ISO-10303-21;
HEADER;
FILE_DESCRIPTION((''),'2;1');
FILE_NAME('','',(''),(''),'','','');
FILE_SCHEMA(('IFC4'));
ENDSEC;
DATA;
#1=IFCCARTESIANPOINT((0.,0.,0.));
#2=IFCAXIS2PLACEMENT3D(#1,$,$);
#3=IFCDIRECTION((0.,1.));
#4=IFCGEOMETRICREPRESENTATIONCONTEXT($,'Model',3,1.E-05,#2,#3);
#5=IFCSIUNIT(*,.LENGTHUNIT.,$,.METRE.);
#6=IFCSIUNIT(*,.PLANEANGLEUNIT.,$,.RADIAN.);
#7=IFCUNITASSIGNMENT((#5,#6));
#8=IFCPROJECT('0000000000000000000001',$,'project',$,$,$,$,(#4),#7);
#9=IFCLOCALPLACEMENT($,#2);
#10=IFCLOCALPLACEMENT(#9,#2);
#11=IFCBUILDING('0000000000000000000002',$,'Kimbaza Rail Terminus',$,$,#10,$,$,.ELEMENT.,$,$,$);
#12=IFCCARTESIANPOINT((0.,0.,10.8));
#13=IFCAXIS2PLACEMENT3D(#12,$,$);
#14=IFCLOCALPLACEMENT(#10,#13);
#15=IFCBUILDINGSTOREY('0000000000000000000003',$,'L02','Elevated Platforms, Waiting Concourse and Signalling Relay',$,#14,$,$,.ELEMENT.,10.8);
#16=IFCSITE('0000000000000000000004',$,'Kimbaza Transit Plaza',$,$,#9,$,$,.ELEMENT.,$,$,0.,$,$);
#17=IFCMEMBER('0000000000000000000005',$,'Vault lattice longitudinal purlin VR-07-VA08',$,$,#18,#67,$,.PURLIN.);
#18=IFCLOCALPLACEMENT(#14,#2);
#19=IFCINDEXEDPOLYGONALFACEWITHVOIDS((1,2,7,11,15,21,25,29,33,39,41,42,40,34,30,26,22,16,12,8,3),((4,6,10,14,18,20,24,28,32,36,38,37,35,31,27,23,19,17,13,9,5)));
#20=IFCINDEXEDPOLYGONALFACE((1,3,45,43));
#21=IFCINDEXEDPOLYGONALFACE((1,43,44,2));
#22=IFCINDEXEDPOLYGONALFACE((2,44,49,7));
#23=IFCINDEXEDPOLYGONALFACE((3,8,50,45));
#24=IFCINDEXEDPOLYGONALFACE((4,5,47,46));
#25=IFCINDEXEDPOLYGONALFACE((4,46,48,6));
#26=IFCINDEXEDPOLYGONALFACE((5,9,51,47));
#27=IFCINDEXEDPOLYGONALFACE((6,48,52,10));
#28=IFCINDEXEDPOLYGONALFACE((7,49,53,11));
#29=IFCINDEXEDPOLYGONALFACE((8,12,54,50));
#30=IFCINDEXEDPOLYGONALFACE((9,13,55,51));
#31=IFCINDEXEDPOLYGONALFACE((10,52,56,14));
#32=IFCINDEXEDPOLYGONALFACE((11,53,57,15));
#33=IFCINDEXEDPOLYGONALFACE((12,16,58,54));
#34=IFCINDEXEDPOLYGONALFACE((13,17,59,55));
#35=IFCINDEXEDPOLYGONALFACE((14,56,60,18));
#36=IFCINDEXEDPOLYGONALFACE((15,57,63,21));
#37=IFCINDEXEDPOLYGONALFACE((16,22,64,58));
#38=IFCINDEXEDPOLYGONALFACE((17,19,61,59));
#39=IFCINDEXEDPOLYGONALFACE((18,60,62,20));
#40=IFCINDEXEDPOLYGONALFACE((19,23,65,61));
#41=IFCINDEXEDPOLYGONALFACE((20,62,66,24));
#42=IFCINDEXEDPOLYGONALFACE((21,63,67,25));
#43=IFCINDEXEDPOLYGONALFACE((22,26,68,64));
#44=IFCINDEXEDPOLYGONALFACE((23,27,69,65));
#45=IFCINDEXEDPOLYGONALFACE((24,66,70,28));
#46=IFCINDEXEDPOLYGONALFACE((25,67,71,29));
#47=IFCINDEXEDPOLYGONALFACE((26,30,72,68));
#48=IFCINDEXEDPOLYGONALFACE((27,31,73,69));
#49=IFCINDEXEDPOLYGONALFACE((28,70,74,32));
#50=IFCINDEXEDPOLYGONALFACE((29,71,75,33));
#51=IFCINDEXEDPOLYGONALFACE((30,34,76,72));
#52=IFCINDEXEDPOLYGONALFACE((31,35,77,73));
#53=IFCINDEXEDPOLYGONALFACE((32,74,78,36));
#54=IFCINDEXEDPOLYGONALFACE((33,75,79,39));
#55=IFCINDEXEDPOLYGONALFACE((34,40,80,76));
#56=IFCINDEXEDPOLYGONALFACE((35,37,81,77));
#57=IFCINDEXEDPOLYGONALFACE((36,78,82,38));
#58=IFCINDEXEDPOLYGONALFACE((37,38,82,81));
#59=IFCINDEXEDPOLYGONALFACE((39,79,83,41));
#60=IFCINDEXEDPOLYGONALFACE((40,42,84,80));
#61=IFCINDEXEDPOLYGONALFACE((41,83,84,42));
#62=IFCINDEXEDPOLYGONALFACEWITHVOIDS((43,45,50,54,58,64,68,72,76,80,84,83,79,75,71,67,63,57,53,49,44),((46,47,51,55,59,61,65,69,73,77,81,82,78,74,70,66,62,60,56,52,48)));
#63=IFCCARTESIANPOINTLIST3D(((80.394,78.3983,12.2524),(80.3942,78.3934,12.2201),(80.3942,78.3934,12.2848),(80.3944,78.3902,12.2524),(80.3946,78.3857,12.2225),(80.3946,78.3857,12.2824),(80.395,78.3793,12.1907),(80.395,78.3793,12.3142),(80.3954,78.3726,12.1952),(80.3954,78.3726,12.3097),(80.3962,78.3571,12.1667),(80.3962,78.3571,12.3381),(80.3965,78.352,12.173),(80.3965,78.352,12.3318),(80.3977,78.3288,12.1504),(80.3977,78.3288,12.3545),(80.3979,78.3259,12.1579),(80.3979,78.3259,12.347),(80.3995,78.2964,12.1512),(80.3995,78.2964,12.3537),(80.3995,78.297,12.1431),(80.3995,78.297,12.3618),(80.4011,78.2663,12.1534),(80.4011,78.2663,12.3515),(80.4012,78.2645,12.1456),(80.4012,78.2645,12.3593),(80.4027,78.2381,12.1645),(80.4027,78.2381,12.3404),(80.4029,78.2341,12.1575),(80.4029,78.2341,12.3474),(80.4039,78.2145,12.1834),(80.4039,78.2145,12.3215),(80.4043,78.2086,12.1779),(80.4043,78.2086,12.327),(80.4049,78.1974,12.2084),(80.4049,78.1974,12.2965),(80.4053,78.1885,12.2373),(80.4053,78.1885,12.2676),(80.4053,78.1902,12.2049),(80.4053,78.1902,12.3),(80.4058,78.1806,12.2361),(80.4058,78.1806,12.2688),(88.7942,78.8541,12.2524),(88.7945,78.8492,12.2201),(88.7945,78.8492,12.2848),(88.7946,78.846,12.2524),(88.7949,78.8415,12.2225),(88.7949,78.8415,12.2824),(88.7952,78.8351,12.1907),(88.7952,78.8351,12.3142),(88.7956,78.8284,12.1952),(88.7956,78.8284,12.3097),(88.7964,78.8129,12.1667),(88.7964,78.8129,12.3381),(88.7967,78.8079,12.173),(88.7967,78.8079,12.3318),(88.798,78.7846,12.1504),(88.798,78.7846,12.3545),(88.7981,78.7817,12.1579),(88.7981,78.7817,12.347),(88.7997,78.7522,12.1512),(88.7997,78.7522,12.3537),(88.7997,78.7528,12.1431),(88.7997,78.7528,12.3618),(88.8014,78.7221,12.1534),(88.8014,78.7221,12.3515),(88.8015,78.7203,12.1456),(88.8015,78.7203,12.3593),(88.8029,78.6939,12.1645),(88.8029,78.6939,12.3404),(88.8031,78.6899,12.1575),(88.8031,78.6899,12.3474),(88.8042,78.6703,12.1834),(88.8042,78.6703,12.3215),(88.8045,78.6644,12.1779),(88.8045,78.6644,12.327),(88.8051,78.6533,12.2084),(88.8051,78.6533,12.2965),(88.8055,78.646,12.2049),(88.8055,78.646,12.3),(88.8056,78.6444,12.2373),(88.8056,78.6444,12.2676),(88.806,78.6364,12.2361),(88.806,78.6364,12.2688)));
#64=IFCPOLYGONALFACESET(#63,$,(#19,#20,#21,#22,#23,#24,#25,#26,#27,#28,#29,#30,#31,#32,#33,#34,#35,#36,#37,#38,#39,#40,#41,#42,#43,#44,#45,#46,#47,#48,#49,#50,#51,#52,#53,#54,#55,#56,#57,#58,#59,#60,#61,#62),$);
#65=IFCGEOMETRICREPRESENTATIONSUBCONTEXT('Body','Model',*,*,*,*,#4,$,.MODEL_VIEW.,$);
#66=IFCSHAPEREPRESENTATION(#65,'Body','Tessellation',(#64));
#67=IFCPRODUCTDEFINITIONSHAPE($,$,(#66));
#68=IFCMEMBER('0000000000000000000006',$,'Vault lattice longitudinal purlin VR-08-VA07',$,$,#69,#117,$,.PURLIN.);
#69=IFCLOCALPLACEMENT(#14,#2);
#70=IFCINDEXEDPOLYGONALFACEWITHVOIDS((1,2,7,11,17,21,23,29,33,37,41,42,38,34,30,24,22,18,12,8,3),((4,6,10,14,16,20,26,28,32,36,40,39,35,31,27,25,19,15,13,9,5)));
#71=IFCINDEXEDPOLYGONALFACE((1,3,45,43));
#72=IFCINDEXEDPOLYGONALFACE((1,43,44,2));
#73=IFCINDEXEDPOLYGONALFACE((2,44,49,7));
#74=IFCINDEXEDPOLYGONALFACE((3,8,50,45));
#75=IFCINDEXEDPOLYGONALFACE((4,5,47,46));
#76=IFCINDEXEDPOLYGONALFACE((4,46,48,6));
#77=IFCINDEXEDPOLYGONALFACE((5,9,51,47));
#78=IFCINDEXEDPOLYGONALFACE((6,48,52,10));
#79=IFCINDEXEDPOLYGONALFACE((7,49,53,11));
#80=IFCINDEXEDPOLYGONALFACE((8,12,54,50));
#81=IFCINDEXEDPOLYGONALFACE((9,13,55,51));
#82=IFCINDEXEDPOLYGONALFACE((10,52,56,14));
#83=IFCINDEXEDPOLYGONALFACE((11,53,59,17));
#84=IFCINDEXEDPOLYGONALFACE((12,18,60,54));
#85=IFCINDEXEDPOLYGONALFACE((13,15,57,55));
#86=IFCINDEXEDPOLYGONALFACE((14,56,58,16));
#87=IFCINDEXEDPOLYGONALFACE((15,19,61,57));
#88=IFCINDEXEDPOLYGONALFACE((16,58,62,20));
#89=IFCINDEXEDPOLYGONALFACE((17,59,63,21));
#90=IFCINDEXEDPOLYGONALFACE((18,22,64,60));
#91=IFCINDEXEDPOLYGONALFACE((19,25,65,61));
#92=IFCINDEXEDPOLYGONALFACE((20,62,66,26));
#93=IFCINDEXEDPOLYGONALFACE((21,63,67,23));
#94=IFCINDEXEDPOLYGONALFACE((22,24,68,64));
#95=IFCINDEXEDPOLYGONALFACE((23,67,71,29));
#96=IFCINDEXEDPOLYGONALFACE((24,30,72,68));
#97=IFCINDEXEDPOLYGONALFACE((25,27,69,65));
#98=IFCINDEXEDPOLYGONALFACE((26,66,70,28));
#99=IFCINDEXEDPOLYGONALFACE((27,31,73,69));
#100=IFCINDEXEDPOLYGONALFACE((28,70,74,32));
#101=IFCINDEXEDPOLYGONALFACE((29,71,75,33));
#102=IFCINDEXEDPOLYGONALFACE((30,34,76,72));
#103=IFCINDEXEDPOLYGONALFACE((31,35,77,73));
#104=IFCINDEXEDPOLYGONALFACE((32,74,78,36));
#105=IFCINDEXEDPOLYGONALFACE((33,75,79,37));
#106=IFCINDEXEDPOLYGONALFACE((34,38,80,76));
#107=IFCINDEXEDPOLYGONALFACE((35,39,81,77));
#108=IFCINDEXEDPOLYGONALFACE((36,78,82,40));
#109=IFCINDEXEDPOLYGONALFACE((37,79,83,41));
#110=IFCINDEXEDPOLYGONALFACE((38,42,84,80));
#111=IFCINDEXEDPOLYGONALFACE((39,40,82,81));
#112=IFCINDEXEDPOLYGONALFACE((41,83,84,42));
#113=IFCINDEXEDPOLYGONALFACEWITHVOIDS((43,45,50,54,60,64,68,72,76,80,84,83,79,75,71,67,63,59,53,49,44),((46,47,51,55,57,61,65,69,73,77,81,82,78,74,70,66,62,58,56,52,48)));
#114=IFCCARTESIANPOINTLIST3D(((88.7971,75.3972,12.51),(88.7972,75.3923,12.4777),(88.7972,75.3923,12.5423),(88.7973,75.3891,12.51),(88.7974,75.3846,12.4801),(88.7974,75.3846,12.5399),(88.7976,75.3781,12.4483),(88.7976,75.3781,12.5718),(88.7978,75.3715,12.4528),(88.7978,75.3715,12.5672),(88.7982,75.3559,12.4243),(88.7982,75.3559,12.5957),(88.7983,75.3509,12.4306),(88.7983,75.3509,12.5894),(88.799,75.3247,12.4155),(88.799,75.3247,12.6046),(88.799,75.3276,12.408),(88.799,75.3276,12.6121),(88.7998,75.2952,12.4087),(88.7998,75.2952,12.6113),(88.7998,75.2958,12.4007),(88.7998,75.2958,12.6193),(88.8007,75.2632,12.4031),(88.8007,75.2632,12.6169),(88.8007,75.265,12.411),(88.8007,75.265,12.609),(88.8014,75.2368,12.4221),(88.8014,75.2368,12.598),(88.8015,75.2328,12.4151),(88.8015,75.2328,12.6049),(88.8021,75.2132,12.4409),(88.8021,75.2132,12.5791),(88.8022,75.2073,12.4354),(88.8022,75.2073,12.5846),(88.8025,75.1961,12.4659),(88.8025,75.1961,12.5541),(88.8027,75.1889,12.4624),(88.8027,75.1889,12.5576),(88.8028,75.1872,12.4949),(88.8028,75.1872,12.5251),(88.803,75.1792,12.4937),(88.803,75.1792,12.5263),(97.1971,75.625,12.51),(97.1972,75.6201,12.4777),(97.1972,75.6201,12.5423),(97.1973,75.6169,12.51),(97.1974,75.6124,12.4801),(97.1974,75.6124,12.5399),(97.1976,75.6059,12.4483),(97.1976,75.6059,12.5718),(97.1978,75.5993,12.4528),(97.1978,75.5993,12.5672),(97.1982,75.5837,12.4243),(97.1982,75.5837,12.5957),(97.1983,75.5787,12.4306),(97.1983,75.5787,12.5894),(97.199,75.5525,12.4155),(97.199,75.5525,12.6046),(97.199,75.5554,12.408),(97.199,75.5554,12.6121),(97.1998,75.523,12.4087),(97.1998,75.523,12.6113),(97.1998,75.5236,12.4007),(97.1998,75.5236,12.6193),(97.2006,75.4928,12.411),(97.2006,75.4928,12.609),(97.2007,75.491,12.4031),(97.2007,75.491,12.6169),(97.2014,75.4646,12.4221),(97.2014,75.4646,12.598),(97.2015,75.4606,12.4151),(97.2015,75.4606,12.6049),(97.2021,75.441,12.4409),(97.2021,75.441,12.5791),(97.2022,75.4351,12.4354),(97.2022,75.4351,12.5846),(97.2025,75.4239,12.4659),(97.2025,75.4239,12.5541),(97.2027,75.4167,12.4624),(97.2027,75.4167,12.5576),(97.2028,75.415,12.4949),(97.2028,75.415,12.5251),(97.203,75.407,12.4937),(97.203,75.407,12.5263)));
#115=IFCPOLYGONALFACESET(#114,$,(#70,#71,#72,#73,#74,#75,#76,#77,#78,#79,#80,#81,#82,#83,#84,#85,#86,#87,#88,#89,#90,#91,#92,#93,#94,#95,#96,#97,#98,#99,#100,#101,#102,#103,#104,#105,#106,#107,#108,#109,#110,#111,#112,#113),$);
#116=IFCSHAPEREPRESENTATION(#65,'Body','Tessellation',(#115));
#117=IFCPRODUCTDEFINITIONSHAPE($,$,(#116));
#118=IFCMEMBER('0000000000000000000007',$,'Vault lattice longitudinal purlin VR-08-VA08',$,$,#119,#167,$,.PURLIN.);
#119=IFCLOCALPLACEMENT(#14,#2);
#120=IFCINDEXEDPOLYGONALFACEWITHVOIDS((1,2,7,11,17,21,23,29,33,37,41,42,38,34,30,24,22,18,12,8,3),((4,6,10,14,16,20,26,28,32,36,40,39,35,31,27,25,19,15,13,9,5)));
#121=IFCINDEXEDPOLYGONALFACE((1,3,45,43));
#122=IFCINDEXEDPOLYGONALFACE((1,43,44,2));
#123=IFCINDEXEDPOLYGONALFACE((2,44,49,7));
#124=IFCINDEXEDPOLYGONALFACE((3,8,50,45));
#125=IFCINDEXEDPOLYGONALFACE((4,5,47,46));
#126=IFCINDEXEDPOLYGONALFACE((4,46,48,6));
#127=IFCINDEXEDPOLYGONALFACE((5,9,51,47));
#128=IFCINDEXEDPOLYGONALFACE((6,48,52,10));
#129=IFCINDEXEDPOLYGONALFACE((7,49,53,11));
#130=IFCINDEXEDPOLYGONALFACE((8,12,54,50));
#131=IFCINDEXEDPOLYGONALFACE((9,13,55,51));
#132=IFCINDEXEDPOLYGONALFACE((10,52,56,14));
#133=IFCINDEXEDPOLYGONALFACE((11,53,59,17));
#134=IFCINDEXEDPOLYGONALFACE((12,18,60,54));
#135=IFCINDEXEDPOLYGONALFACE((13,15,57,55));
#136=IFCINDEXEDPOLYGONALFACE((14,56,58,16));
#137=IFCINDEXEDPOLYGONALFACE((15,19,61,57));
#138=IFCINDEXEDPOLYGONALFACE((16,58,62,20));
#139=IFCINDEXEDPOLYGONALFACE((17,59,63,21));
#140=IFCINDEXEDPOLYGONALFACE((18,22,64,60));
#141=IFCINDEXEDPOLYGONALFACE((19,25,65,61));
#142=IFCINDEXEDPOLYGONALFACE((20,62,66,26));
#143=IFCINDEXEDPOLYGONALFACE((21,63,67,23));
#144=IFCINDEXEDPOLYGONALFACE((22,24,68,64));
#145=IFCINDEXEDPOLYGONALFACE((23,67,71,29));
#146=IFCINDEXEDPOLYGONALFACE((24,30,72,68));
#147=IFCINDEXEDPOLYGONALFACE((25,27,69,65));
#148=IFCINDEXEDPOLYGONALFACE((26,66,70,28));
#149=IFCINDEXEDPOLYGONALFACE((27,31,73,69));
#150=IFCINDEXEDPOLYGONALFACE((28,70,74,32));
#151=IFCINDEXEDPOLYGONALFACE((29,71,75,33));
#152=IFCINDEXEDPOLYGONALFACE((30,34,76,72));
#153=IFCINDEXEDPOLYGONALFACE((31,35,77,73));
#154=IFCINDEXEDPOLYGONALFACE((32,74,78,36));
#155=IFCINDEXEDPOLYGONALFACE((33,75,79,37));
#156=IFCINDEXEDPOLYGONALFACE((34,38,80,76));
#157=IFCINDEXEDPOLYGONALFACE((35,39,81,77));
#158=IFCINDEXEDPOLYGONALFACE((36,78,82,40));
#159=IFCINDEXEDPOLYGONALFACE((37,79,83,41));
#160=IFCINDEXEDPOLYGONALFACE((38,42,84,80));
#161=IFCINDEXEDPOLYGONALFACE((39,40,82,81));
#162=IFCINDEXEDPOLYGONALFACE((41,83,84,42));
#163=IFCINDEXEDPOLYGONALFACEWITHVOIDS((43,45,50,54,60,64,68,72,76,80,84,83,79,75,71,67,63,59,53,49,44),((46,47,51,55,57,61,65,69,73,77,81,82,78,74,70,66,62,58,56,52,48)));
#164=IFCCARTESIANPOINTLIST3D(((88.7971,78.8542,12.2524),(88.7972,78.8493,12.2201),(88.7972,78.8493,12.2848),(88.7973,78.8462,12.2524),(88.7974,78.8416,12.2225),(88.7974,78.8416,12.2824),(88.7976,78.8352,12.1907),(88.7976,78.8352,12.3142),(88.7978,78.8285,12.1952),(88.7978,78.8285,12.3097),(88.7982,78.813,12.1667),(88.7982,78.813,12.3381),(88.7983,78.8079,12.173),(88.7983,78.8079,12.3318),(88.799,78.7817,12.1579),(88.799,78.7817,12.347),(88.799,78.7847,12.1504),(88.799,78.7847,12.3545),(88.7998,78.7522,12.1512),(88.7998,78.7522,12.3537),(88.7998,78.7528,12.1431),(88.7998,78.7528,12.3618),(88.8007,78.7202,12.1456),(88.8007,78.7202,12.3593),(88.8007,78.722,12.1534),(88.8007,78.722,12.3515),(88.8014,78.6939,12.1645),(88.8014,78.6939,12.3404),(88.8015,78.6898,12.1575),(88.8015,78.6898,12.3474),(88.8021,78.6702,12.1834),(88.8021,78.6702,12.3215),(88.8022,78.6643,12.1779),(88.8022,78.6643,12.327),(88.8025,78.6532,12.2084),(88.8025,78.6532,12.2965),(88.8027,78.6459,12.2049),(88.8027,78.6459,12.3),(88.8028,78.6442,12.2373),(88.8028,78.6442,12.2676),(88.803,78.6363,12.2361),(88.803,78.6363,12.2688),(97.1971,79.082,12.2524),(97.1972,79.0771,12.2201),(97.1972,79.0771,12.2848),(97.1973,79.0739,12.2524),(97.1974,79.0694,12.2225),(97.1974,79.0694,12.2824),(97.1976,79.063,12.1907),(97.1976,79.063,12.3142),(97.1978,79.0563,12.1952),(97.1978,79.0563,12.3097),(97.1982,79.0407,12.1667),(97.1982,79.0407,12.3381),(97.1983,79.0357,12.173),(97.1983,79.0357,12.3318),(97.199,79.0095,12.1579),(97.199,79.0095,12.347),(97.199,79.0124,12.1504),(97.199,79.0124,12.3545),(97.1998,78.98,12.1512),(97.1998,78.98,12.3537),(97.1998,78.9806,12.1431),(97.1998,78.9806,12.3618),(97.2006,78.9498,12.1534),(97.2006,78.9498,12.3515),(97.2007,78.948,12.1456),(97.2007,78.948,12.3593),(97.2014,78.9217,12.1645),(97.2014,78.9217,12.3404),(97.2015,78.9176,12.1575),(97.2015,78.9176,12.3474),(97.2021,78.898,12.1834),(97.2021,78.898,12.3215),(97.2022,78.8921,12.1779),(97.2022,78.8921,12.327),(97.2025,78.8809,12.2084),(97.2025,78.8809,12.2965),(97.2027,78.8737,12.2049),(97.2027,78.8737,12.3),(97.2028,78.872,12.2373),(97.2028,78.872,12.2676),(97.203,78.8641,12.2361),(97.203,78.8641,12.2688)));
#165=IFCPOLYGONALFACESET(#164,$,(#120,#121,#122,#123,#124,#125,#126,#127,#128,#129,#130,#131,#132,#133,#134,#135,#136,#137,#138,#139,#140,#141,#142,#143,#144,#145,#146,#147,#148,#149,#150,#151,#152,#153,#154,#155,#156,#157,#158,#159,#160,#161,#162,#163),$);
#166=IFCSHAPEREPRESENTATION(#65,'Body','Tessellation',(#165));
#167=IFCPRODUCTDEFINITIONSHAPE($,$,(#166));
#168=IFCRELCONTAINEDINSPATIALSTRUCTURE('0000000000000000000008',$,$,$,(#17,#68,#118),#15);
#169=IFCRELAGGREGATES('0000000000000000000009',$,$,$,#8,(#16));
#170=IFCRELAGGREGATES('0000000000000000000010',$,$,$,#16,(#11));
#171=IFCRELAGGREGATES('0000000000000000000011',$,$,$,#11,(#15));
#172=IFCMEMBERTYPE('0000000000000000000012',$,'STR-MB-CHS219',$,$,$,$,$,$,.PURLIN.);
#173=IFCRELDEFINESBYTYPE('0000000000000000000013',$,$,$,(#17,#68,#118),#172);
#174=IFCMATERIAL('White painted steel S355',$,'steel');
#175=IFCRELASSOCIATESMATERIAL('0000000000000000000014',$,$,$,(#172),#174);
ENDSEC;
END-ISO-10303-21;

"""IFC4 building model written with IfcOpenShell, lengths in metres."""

from ifc_helpers import new_model, si_unit, direction, frame, origin, origin_2d, place, context, subcontext, project, spatial, hollow_circle, extrude, material, material_profile, profile_set, type_object, element, save


model = new_model("IFC4")

# Units and contexts
model_context = context("Model", 3, precision=1e-05, world=origin(), true_north=direction((0.0, 1.0)))
body_context = subcontext(model_context, "Body", "Model", "MODEL_VIEW")
ifc_project = project(units=[si_unit("LENGTHUNIT", "METRE"), si_unit("PLANEANGLEUNIT", "RADIAN")], contexts=[model_context])

# Site, building, storey
site_placement = place(None, origin())
site = spatial("IfcSite", under=ifc_project, at=site_placement, Name="Kimbaza Transit Plaza", CompositionType="ELEMENT", RefElevation=0.0)
building_placement = place(site_placement, origin())
building = spatial("IfcBuilding", under=site, at=building_placement, Name="Kimbaza Rail Terminus", CompositionType="ELEMENT")
storey_placement = place(building_placement, frame((0.0, 0.0, 10.8)))
storey = spatial("IfcBuildingStorey", under=building, at=storey_placement, Name="L02", Description="Elevated Platforms, Waiting Concourse and Signalling Relay", CompositionType="ELEMENT", Elevation=10.8)

# Members
ifc_material_1 = material(Name="White painted steel S355", Category="steel")
ifc_material_profile_1 = material_profile(ifc_material_1, hollow_circle(Radius=0.1096, WallThickness=0.0081, at=origin_2d()), Name="CHS 219.1x8")
ifc_profile_set_1 = profile_set([ifc_material_profile_1], Name="White painted steel S355")
member_type_1 = type_object("IfcMemberType", Name="STR-MB-CHS219", PredefinedType="PURLIN", material=ifc_profile_set_1)
for number, where, z_axis, x_axis, name in (
    (1, (80.3999, 78.2888, 12.2524), (0.998531, 0.054183, 0.0), (-0.054183, 0.998531, 0.0), "Vault lattice longitudinal purlin VR-07-VA08"),
):
    element("IfcMember", number, at=place(storey_placement, frame(where, z_axis=z_axis, x_axis=x_axis)), inside=storey, type_object=member_type_1, Name=name, PredefinedType="PURLIN", context=body_context, shape_type="SweptSolid", body=[
        extrude(hollow_circle(Radius=0.1096, WallThickness=0.0081, at=origin_2d()), origin(), (0.0, 0.0, 1.0), 8.4126),
    ])
for number, where, z_axis, x_axis, name in (
    (2, (88.8, 75.2876, 12.51), (0.999633, 0.027107, 0.0), (-0.027107, 0.999633, 0.0), "Vault lattice longitudinal purlin VR-08-VA07"),
    (3, (88.8, 78.7446, 12.2524), (0.999633, 0.027107, 0.0), (-0.027107, 0.999633, 0.0), "Vault lattice longitudinal purlin VR-08-VA08"),
):
    element("IfcMember", number, at=place(storey_placement, frame(where, z_axis=z_axis, x_axis=x_axis)), inside=storey, type_object=member_type_1, Name=name, PredefinedType="PURLIN", context=body_context, shape_type="SweptSolid", body=[
        extrude(hollow_circle(Radius=0.1096, WallThickness=0.0081, at=origin_2d()), origin(), (0.0, 0.0, 1.0), 8.4031),
    ])

save(model, "model.ifc")
